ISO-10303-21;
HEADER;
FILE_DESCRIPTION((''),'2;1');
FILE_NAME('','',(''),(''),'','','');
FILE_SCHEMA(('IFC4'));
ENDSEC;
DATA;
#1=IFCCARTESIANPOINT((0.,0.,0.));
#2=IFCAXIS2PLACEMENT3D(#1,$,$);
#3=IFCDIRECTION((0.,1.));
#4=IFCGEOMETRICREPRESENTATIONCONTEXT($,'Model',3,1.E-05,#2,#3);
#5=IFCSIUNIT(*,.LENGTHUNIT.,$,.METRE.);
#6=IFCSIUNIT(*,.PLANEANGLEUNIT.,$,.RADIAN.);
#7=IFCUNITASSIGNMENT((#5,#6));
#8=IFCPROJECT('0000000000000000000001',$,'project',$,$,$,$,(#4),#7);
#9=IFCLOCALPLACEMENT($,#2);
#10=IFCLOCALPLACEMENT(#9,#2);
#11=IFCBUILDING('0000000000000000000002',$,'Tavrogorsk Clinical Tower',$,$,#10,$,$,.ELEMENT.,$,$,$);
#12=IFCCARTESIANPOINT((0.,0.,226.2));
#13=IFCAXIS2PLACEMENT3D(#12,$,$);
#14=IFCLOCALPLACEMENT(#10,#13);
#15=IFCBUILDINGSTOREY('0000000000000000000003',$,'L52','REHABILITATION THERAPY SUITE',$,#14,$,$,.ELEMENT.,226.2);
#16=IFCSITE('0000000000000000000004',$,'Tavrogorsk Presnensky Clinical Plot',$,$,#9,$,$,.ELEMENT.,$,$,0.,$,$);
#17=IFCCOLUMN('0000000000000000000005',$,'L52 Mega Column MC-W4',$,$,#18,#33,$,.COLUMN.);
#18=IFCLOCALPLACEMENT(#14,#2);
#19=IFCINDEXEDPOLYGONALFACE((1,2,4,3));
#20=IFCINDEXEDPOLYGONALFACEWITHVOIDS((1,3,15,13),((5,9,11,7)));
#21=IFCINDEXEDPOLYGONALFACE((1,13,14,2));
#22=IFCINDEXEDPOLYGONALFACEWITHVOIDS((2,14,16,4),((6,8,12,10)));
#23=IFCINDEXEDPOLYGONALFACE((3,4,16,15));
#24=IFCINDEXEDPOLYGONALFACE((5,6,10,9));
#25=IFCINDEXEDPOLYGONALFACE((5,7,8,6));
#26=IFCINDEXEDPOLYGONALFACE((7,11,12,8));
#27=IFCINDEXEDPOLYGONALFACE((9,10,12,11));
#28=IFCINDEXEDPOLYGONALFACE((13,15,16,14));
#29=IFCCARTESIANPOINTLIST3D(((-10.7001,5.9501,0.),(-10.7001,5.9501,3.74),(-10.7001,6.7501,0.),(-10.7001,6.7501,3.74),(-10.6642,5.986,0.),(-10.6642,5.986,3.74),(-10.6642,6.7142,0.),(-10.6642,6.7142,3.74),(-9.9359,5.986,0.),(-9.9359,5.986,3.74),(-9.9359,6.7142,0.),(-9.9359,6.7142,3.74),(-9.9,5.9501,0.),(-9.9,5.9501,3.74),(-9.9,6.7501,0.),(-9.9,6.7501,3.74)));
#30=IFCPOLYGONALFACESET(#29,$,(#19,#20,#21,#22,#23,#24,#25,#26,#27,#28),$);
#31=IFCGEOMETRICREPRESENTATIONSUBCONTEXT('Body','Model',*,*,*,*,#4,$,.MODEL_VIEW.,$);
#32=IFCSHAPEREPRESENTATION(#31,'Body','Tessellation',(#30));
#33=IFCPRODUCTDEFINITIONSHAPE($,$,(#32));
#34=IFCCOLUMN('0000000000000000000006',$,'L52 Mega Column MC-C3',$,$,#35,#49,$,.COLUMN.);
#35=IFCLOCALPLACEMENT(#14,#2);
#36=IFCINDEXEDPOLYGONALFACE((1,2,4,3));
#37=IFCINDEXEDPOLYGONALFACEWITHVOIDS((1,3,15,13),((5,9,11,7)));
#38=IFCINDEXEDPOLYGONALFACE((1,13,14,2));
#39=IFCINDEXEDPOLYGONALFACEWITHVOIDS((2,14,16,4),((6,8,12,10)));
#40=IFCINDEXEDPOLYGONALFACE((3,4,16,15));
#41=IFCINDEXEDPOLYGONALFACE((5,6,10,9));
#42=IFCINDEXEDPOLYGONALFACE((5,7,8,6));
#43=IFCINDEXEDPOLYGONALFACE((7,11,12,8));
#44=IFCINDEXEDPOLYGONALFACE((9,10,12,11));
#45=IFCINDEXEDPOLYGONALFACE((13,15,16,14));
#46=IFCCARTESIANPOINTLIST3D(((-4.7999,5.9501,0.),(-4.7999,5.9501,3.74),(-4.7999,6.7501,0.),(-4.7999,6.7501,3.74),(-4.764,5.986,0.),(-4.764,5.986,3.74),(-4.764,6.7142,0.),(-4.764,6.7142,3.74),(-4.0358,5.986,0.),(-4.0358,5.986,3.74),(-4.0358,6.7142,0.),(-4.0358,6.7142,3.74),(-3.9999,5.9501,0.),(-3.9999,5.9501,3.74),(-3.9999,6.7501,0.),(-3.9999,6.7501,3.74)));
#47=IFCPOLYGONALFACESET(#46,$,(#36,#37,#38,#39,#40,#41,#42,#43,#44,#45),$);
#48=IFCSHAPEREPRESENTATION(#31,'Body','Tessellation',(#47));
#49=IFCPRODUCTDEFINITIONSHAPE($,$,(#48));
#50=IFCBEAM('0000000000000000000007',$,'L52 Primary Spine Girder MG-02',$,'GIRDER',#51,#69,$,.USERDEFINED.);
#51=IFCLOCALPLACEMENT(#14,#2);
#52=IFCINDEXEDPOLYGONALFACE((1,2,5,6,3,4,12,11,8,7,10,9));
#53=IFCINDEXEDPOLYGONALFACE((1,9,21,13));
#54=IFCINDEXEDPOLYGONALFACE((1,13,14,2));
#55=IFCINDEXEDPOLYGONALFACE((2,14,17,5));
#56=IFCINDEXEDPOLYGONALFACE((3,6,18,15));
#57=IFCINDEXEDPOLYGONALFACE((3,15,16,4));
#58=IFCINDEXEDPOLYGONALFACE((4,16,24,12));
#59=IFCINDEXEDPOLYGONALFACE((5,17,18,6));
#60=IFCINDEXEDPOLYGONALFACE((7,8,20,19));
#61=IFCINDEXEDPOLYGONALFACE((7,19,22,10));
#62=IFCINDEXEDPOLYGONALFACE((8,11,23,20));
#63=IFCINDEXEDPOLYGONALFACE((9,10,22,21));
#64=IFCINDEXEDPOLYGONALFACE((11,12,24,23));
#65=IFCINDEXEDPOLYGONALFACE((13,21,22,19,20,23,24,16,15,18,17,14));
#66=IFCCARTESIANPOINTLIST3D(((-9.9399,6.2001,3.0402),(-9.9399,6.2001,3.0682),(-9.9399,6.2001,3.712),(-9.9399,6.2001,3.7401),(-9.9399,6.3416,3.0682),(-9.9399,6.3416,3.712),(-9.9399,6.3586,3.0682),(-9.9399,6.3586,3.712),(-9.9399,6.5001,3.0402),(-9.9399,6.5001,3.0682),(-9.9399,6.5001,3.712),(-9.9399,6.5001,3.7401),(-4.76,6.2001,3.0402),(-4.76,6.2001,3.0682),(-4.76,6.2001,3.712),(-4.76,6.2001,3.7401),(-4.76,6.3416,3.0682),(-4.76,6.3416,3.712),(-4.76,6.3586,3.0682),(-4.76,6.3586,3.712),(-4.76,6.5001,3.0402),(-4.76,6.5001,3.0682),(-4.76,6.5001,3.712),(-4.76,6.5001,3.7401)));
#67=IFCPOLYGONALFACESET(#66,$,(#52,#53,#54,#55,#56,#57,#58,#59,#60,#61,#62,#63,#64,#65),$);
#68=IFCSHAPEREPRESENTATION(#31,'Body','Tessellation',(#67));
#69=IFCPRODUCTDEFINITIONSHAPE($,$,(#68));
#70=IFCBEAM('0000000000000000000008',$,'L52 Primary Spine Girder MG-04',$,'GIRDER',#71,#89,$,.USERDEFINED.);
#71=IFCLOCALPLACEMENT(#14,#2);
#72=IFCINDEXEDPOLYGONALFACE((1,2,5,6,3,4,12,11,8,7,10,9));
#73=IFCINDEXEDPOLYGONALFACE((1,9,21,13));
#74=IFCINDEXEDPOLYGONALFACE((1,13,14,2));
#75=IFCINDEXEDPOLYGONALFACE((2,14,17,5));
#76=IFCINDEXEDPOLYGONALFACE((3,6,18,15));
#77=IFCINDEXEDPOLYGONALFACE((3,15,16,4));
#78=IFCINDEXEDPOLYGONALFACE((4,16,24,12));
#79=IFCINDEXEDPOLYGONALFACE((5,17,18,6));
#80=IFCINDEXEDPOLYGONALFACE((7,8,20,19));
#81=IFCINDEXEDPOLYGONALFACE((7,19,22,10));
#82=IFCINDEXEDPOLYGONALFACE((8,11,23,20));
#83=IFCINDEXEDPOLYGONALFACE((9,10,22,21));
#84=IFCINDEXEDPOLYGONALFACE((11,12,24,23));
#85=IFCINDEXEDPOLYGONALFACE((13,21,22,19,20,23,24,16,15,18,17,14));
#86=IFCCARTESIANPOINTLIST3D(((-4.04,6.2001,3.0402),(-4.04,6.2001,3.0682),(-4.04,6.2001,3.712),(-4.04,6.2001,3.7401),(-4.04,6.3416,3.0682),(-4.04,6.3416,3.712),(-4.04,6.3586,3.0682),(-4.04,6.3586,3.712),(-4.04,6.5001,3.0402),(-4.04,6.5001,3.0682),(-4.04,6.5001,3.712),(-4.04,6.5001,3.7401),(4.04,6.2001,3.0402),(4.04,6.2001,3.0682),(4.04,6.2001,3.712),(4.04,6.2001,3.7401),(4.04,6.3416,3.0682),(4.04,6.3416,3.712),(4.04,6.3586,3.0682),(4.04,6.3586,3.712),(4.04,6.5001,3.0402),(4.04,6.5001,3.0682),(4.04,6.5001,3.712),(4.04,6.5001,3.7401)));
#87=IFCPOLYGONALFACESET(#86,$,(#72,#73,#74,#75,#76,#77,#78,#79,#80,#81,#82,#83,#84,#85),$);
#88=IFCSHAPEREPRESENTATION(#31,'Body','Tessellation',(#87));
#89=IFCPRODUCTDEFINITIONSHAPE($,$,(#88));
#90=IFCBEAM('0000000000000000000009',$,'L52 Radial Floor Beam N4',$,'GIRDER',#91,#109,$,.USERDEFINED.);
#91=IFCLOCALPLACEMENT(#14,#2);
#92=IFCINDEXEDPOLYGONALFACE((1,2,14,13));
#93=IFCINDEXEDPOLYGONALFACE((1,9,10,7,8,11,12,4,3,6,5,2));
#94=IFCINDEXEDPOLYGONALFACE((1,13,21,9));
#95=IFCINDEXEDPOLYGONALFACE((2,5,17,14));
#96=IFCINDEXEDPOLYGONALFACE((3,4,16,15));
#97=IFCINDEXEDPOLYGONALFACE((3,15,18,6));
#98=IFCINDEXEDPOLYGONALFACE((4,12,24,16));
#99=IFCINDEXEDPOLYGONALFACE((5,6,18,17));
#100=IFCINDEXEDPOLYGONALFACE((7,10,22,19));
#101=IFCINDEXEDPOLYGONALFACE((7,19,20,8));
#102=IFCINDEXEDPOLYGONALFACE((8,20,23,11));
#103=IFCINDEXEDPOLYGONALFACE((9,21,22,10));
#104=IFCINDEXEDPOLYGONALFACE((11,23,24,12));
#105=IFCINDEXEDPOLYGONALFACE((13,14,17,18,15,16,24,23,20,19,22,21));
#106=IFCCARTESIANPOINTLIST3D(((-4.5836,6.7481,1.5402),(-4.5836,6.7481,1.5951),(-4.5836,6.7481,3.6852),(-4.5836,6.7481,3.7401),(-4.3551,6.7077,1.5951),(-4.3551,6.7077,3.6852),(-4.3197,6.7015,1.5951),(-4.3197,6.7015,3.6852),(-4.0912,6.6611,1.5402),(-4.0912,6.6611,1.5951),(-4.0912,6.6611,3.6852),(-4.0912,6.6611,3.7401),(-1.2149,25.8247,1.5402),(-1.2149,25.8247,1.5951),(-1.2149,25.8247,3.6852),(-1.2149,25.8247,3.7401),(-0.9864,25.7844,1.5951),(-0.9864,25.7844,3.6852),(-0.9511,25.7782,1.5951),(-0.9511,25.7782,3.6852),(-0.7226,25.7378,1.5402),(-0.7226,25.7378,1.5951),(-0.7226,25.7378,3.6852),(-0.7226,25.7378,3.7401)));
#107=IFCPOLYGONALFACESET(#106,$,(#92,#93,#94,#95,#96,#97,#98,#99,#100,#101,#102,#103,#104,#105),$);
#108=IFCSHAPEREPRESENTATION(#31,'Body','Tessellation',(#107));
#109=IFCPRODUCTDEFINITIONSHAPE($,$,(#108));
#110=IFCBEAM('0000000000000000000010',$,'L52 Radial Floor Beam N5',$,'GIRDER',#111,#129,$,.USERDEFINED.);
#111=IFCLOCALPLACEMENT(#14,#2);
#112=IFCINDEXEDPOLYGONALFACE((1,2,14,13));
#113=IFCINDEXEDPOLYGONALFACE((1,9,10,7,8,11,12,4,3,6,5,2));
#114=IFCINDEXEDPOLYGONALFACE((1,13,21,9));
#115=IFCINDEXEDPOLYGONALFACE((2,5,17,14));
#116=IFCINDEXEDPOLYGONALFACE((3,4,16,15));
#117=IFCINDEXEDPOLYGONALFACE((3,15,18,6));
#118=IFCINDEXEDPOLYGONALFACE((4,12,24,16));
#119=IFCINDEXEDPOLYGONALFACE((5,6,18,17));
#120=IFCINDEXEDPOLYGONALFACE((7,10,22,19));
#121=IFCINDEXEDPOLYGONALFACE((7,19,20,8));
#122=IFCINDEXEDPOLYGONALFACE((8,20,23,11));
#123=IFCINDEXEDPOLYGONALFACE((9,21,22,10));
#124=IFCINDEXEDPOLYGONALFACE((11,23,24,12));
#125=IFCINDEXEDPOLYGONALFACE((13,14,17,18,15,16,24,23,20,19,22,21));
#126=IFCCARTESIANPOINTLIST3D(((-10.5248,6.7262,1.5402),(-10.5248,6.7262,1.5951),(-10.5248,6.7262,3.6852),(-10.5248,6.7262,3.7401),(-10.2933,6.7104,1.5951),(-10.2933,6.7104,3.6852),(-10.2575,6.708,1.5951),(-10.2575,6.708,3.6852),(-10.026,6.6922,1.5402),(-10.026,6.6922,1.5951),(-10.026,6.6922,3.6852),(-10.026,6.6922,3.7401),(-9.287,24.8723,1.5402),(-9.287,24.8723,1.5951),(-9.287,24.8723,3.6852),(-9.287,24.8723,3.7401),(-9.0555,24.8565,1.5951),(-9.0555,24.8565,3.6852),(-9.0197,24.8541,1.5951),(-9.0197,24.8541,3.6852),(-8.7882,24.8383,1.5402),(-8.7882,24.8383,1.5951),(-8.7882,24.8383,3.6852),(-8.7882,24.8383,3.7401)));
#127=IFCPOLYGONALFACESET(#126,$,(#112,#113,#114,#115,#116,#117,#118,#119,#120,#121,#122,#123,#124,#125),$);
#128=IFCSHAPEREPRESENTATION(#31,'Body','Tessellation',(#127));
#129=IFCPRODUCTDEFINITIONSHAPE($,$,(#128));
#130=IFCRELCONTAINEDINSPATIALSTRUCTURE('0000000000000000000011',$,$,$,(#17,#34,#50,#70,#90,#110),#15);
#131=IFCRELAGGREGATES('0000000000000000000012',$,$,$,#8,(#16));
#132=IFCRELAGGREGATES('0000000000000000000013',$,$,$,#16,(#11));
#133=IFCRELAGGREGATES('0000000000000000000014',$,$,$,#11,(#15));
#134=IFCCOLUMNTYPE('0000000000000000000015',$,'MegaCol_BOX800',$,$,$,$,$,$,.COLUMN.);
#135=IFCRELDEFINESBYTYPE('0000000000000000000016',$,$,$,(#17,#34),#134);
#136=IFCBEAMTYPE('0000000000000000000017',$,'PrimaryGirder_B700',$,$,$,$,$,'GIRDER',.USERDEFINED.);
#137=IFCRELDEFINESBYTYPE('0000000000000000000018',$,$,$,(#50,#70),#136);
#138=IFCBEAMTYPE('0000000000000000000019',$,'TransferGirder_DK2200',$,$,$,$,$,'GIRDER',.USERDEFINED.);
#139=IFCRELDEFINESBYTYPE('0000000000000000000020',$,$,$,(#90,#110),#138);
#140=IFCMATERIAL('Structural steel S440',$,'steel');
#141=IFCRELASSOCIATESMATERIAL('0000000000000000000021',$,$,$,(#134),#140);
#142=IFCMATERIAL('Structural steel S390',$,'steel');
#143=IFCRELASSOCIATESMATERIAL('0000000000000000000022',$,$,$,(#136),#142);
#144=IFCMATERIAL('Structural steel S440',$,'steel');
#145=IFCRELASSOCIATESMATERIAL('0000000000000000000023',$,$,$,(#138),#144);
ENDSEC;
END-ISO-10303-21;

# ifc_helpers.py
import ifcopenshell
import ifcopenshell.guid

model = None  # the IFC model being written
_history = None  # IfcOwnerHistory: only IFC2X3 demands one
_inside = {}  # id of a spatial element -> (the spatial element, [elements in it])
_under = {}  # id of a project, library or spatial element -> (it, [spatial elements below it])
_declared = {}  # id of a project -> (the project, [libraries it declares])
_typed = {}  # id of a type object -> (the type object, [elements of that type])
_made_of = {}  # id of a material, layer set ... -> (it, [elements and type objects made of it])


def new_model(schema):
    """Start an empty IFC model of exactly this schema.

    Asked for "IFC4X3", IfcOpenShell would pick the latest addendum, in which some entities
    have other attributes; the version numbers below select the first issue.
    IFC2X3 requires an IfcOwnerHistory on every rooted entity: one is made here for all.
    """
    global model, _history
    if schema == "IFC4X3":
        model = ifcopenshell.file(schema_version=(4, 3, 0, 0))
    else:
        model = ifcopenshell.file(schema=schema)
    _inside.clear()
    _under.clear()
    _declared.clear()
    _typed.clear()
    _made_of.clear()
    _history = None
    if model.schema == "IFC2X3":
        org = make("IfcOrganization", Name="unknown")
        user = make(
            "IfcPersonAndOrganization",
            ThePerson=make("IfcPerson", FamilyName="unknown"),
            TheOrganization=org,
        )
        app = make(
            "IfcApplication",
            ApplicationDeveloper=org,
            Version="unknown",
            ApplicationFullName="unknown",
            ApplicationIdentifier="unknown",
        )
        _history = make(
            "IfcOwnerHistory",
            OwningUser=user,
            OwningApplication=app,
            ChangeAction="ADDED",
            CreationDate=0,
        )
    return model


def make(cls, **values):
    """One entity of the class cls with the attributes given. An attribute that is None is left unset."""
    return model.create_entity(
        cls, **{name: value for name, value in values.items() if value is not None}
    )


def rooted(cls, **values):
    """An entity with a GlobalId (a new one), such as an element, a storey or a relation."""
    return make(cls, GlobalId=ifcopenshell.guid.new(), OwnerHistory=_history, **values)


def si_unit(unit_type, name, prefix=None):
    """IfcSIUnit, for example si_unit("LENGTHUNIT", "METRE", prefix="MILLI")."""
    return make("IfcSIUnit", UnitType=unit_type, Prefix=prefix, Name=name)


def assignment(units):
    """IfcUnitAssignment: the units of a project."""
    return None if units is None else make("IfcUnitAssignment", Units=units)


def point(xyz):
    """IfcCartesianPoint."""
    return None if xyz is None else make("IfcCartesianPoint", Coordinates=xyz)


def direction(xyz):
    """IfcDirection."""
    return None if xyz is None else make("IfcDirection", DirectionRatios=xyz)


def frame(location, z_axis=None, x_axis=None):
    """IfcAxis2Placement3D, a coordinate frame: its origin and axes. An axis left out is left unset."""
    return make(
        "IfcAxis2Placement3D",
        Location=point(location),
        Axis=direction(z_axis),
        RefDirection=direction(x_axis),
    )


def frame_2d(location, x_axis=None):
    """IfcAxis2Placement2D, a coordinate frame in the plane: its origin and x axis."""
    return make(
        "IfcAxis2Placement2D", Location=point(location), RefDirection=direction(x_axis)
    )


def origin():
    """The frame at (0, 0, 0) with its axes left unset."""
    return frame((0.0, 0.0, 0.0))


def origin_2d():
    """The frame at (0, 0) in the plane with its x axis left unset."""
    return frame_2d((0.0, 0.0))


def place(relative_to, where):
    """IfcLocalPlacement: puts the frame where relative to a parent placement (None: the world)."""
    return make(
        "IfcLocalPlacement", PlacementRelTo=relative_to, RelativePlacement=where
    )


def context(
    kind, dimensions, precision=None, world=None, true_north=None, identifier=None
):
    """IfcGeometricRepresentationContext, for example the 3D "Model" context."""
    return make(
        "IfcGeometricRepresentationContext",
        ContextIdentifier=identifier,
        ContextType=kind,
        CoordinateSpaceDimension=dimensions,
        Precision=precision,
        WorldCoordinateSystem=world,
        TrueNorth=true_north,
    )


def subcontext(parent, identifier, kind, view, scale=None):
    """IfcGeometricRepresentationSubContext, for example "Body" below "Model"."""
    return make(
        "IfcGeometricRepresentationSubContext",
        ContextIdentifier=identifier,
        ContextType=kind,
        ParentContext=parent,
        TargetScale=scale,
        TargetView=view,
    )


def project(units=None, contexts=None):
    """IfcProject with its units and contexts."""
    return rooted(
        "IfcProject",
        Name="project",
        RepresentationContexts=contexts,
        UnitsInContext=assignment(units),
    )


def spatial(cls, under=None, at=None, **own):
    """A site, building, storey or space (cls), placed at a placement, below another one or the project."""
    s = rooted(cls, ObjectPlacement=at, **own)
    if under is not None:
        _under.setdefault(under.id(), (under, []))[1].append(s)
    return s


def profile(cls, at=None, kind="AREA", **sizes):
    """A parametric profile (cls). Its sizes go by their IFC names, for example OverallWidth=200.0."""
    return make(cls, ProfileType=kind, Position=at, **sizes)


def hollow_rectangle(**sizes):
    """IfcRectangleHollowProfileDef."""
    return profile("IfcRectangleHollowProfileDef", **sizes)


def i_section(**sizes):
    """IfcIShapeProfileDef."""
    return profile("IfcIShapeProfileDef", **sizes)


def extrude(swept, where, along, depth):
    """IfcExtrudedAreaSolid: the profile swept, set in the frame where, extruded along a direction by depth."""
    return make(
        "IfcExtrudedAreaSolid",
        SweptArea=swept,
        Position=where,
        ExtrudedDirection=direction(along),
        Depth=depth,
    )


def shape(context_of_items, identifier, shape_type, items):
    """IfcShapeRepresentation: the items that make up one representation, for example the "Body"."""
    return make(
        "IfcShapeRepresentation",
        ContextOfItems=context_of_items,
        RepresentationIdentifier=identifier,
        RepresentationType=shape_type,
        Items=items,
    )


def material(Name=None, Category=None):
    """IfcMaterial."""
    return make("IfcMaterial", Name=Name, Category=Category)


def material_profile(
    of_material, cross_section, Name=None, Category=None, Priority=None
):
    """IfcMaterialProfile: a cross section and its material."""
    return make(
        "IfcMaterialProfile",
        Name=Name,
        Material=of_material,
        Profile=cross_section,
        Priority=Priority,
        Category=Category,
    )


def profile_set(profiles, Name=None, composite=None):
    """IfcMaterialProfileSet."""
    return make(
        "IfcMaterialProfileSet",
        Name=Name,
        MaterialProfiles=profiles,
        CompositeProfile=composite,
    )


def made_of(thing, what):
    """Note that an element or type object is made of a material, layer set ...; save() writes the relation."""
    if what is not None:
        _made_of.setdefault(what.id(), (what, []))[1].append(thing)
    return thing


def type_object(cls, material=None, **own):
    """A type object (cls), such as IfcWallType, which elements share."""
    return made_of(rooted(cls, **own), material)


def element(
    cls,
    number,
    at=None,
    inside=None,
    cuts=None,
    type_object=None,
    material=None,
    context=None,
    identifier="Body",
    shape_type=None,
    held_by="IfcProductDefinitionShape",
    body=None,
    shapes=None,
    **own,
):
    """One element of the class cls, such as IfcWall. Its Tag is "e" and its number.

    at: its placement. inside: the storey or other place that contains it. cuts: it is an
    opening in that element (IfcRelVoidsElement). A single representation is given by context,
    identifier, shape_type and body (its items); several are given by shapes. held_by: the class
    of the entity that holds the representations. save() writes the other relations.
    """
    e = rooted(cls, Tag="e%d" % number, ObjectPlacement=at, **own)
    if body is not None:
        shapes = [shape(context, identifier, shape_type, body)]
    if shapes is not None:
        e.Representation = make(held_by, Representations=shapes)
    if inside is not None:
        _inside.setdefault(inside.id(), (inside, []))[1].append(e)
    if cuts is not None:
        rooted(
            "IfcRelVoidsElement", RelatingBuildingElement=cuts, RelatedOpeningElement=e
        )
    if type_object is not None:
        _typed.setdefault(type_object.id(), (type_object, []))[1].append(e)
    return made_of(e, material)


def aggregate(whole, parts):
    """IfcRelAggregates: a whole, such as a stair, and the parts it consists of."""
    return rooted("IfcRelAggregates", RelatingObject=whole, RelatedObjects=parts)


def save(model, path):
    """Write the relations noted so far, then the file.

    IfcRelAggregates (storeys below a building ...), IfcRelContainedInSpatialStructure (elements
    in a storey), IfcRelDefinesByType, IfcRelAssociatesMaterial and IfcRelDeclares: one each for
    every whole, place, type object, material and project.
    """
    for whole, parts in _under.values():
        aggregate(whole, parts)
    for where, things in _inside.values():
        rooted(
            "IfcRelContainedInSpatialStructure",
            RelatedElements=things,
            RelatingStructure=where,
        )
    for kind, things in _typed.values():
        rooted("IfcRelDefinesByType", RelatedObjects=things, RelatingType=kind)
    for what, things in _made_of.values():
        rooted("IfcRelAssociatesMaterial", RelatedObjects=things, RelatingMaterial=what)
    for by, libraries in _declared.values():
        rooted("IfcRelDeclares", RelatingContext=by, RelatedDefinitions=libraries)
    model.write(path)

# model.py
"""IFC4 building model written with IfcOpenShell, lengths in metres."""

from ifc_helpers import new_model, si_unit, direction, frame, origin, origin_2d, place, context, subcontext, project, spatial, hollow_rectangle, i_section, extrude, material, material_profile, profile_set, type_object, element, save


model = new_model("IFC4")

# Units and contexts
model_context = context("Model", 3, precision=1e-05, world=origin(), true_north=direction((0.0, 1.0)))
body_context = subcontext(model_context, "Body", "Model", "MODEL_VIEW")
ifc_project = project(units=[si_unit("LENGTHUNIT", "METRE"), si_unit("PLANEANGLEUNIT", "RADIAN")], contexts=[model_context])

# Site, building, storey
site_placement = place(None, origin())
site = spatial("IfcSite", under=ifc_project, at=site_placement, Name="Tavrogorsk Presnensky Clinical Plot", CompositionType="ELEMENT", RefElevation=0.0)
building_placement = place(site_placement, origin())
building = spatial("IfcBuilding", under=site, at=building_placement, Name="Tavrogorsk Clinical Tower", CompositionType="ELEMENT")
storey_placement = place(building_placement, frame((0.0, 0.0, 226.2)))
storey = spatial("IfcBuildingStorey", under=building, at=storey_placement, Name="L52", Description="REHABILITATION THERAPY SUITE", CompositionType="ELEMENT", Elevation=226.2)

# Columns
ifc_material_1 = material(Name="Structural steel S440", Category="steel")
ifc_material_profile_1 = material_profile(ifc_material_1, hollow_rectangle(XDim=0.8, YDim=0.8, WallThickness=0.0359, at=origin_2d()), Name="BOX-800x800x36")
ifc_profile_set_1 = profile_set([ifc_material_profile_1], Name="Structural steel S440")
column_type = type_object("IfcColumnType", Name="MegaCol_BOX800", PredefinedType="COLUMN", material=ifc_profile_set_1)
for number, where, z_axis, x_axis, name in (
    (1, (-10.3, 6.3501, 0.0), (0.0, 0.0, 1.0), (1.0, 0.0, 0.0), "L52 Mega Column MC-W4"),
    (2, (-4.3999, 6.3501, 0.0), (0.0, 0.0, 1.0), (1.0, 0.0, 0.0), "L52 Mega Column MC-C3"),
):
    element("IfcColumn", number, at=place(storey_placement, frame(where, z_axis=z_axis, x_axis=x_axis)), inside=storey, type_object=column_type, Name=name, PredefinedType="COLUMN", context=body_context, shape_type="SweptSolid", body=[
        extrude(hollow_rectangle(XDim=0.8, YDim=0.8, WallThickness=0.0359, at=origin_2d()), origin(), (0.0, 0.0, 1.0), 3.74),
    ])

# Beams
ifc_material_2 = material(Name="Structural steel S390", Category="steel")
ifc_material_profile_2 = material_profile(ifc_material_2, i_section(OverallWidth=0.3, OverallDepth=0.7, WebThickness=0.0171, FlangeThickness=0.0281, at=origin_2d()), Name="B-700x300x17x28")
ifc_profile_set_2 = profile_set([ifc_material_profile_2], Name="Structural steel S390")
beam_type_1 = type_object("IfcBeamType", Name="PrimaryGirder_B700", ElementType="GIRDER", PredefinedType="USERDEFINED", material=ifc_profile_set_2)
beam_1_placement = place(storey_placement, frame((-9.9399, 6.3501, 3.3901), z_axis=(1.0, 0.0, 0.0), x_axis=(0.0, 1.0, 0.0)))
element("IfcBeam", 3, at=beam_1_placement, inside=storey, type_object=beam_type_1, Name="L52 Primary Spine Girder MG-02", ObjectType="GIRDER", PredefinedType="USERDEFINED", context=body_context, shape_type="SweptSolid", body=[
    extrude(i_section(OverallWidth=0.3, OverallDepth=0.7, WebThickness=0.0171, FlangeThickness=0.0281, at=origin_2d()), origin(), (0.0, 0.0, 1.0), 5.1799),
])
beam_2_placement = place(storey_placement, frame((-4.04, 6.3501, 3.3901), z_axis=(1.0, 0.0, 0.0), x_axis=(0.0, 1.0, 0.0)))
element("IfcBeam", 4, at=beam_2_placement, inside=storey, type_object=beam_type_1, Name="L52 Primary Spine Girder MG-04", ObjectType="GIRDER", PredefinedType="USERDEFINED", context=body_context, shape_type="SweptSolid", body=[
    extrude(i_section(OverallWidth=0.3, OverallDepth=0.7, WebThickness=0.0171, FlangeThickness=0.0281, at=origin_2d()), origin(), (0.0, 0.0, 1.0), 8.0801),
])
ifc_material_3 = material(Name="Structural steel S440", Category="steel")
ifc_material_profile_3 = material_profile(ifc_material_3, i_section(OverallWidth=0.5, OverallDepth=2.2, WebThickness=0.0359, FlangeThickness=0.0549, at=origin_2d()), Name="DK-2200x500x36x55")
ifc_profile_set_3 = profile_set([ifc_material_profile_3], Name="Structural steel S440")
beam_type_2 = type_object("IfcBeamType", Name="TransferGirder_DK2200", ElementType="GIRDER", PredefinedType="USERDEFINED", material=ifc_profile_set_3)
beam_3_placement = place(storey_placement, frame((-4.3374, 6.7046, 2.6401), z_axis=(0.173895, 0.984764, 0.0), x_axis=(-0.984764, 0.173895, 0.0)))
element("IfcBeam", 5, at=beam_3_placement, inside=storey, type_object=beam_type_2, Name="L52 Radial Floor Beam N4", ObjectType="GIRDER", PredefinedType="USERDEFINED", context=body_context, shape_type="SweptSolid", body=[
    extrude(i_section(OverallWidth=0.5, OverallDepth=2.2, WebThickness=0.0359, FlangeThickness=0.0549, at=origin_2d()), origin(), (0.0, 0.0, 1.0), 19.3718),
])
beam_4_placement = place(storey_placement, frame((-10.2754, 6.7092, 2.6401), z_axis=(0.068055, 0.997682, 0.0), x_axis=(-0.997682, 0.068055, 0.0)))
element("IfcBeam", 6, at=beam_4_placement, inside=storey, type_object=beam_type_2, Name="L52 Radial Floor Beam N5", ObjectType="GIRDER", PredefinedType="USERDEFINED", context=body_context, shape_type="SweptSolid", body=[
    extrude(i_section(OverallWidth=0.5, OverallDepth=2.2, WebThickness=0.0359, FlangeThickness=0.0549, at=origin_2d()), origin(), (0.0, 0.0, 1.0), 18.1882),
])

save(model, "model.ifc")
